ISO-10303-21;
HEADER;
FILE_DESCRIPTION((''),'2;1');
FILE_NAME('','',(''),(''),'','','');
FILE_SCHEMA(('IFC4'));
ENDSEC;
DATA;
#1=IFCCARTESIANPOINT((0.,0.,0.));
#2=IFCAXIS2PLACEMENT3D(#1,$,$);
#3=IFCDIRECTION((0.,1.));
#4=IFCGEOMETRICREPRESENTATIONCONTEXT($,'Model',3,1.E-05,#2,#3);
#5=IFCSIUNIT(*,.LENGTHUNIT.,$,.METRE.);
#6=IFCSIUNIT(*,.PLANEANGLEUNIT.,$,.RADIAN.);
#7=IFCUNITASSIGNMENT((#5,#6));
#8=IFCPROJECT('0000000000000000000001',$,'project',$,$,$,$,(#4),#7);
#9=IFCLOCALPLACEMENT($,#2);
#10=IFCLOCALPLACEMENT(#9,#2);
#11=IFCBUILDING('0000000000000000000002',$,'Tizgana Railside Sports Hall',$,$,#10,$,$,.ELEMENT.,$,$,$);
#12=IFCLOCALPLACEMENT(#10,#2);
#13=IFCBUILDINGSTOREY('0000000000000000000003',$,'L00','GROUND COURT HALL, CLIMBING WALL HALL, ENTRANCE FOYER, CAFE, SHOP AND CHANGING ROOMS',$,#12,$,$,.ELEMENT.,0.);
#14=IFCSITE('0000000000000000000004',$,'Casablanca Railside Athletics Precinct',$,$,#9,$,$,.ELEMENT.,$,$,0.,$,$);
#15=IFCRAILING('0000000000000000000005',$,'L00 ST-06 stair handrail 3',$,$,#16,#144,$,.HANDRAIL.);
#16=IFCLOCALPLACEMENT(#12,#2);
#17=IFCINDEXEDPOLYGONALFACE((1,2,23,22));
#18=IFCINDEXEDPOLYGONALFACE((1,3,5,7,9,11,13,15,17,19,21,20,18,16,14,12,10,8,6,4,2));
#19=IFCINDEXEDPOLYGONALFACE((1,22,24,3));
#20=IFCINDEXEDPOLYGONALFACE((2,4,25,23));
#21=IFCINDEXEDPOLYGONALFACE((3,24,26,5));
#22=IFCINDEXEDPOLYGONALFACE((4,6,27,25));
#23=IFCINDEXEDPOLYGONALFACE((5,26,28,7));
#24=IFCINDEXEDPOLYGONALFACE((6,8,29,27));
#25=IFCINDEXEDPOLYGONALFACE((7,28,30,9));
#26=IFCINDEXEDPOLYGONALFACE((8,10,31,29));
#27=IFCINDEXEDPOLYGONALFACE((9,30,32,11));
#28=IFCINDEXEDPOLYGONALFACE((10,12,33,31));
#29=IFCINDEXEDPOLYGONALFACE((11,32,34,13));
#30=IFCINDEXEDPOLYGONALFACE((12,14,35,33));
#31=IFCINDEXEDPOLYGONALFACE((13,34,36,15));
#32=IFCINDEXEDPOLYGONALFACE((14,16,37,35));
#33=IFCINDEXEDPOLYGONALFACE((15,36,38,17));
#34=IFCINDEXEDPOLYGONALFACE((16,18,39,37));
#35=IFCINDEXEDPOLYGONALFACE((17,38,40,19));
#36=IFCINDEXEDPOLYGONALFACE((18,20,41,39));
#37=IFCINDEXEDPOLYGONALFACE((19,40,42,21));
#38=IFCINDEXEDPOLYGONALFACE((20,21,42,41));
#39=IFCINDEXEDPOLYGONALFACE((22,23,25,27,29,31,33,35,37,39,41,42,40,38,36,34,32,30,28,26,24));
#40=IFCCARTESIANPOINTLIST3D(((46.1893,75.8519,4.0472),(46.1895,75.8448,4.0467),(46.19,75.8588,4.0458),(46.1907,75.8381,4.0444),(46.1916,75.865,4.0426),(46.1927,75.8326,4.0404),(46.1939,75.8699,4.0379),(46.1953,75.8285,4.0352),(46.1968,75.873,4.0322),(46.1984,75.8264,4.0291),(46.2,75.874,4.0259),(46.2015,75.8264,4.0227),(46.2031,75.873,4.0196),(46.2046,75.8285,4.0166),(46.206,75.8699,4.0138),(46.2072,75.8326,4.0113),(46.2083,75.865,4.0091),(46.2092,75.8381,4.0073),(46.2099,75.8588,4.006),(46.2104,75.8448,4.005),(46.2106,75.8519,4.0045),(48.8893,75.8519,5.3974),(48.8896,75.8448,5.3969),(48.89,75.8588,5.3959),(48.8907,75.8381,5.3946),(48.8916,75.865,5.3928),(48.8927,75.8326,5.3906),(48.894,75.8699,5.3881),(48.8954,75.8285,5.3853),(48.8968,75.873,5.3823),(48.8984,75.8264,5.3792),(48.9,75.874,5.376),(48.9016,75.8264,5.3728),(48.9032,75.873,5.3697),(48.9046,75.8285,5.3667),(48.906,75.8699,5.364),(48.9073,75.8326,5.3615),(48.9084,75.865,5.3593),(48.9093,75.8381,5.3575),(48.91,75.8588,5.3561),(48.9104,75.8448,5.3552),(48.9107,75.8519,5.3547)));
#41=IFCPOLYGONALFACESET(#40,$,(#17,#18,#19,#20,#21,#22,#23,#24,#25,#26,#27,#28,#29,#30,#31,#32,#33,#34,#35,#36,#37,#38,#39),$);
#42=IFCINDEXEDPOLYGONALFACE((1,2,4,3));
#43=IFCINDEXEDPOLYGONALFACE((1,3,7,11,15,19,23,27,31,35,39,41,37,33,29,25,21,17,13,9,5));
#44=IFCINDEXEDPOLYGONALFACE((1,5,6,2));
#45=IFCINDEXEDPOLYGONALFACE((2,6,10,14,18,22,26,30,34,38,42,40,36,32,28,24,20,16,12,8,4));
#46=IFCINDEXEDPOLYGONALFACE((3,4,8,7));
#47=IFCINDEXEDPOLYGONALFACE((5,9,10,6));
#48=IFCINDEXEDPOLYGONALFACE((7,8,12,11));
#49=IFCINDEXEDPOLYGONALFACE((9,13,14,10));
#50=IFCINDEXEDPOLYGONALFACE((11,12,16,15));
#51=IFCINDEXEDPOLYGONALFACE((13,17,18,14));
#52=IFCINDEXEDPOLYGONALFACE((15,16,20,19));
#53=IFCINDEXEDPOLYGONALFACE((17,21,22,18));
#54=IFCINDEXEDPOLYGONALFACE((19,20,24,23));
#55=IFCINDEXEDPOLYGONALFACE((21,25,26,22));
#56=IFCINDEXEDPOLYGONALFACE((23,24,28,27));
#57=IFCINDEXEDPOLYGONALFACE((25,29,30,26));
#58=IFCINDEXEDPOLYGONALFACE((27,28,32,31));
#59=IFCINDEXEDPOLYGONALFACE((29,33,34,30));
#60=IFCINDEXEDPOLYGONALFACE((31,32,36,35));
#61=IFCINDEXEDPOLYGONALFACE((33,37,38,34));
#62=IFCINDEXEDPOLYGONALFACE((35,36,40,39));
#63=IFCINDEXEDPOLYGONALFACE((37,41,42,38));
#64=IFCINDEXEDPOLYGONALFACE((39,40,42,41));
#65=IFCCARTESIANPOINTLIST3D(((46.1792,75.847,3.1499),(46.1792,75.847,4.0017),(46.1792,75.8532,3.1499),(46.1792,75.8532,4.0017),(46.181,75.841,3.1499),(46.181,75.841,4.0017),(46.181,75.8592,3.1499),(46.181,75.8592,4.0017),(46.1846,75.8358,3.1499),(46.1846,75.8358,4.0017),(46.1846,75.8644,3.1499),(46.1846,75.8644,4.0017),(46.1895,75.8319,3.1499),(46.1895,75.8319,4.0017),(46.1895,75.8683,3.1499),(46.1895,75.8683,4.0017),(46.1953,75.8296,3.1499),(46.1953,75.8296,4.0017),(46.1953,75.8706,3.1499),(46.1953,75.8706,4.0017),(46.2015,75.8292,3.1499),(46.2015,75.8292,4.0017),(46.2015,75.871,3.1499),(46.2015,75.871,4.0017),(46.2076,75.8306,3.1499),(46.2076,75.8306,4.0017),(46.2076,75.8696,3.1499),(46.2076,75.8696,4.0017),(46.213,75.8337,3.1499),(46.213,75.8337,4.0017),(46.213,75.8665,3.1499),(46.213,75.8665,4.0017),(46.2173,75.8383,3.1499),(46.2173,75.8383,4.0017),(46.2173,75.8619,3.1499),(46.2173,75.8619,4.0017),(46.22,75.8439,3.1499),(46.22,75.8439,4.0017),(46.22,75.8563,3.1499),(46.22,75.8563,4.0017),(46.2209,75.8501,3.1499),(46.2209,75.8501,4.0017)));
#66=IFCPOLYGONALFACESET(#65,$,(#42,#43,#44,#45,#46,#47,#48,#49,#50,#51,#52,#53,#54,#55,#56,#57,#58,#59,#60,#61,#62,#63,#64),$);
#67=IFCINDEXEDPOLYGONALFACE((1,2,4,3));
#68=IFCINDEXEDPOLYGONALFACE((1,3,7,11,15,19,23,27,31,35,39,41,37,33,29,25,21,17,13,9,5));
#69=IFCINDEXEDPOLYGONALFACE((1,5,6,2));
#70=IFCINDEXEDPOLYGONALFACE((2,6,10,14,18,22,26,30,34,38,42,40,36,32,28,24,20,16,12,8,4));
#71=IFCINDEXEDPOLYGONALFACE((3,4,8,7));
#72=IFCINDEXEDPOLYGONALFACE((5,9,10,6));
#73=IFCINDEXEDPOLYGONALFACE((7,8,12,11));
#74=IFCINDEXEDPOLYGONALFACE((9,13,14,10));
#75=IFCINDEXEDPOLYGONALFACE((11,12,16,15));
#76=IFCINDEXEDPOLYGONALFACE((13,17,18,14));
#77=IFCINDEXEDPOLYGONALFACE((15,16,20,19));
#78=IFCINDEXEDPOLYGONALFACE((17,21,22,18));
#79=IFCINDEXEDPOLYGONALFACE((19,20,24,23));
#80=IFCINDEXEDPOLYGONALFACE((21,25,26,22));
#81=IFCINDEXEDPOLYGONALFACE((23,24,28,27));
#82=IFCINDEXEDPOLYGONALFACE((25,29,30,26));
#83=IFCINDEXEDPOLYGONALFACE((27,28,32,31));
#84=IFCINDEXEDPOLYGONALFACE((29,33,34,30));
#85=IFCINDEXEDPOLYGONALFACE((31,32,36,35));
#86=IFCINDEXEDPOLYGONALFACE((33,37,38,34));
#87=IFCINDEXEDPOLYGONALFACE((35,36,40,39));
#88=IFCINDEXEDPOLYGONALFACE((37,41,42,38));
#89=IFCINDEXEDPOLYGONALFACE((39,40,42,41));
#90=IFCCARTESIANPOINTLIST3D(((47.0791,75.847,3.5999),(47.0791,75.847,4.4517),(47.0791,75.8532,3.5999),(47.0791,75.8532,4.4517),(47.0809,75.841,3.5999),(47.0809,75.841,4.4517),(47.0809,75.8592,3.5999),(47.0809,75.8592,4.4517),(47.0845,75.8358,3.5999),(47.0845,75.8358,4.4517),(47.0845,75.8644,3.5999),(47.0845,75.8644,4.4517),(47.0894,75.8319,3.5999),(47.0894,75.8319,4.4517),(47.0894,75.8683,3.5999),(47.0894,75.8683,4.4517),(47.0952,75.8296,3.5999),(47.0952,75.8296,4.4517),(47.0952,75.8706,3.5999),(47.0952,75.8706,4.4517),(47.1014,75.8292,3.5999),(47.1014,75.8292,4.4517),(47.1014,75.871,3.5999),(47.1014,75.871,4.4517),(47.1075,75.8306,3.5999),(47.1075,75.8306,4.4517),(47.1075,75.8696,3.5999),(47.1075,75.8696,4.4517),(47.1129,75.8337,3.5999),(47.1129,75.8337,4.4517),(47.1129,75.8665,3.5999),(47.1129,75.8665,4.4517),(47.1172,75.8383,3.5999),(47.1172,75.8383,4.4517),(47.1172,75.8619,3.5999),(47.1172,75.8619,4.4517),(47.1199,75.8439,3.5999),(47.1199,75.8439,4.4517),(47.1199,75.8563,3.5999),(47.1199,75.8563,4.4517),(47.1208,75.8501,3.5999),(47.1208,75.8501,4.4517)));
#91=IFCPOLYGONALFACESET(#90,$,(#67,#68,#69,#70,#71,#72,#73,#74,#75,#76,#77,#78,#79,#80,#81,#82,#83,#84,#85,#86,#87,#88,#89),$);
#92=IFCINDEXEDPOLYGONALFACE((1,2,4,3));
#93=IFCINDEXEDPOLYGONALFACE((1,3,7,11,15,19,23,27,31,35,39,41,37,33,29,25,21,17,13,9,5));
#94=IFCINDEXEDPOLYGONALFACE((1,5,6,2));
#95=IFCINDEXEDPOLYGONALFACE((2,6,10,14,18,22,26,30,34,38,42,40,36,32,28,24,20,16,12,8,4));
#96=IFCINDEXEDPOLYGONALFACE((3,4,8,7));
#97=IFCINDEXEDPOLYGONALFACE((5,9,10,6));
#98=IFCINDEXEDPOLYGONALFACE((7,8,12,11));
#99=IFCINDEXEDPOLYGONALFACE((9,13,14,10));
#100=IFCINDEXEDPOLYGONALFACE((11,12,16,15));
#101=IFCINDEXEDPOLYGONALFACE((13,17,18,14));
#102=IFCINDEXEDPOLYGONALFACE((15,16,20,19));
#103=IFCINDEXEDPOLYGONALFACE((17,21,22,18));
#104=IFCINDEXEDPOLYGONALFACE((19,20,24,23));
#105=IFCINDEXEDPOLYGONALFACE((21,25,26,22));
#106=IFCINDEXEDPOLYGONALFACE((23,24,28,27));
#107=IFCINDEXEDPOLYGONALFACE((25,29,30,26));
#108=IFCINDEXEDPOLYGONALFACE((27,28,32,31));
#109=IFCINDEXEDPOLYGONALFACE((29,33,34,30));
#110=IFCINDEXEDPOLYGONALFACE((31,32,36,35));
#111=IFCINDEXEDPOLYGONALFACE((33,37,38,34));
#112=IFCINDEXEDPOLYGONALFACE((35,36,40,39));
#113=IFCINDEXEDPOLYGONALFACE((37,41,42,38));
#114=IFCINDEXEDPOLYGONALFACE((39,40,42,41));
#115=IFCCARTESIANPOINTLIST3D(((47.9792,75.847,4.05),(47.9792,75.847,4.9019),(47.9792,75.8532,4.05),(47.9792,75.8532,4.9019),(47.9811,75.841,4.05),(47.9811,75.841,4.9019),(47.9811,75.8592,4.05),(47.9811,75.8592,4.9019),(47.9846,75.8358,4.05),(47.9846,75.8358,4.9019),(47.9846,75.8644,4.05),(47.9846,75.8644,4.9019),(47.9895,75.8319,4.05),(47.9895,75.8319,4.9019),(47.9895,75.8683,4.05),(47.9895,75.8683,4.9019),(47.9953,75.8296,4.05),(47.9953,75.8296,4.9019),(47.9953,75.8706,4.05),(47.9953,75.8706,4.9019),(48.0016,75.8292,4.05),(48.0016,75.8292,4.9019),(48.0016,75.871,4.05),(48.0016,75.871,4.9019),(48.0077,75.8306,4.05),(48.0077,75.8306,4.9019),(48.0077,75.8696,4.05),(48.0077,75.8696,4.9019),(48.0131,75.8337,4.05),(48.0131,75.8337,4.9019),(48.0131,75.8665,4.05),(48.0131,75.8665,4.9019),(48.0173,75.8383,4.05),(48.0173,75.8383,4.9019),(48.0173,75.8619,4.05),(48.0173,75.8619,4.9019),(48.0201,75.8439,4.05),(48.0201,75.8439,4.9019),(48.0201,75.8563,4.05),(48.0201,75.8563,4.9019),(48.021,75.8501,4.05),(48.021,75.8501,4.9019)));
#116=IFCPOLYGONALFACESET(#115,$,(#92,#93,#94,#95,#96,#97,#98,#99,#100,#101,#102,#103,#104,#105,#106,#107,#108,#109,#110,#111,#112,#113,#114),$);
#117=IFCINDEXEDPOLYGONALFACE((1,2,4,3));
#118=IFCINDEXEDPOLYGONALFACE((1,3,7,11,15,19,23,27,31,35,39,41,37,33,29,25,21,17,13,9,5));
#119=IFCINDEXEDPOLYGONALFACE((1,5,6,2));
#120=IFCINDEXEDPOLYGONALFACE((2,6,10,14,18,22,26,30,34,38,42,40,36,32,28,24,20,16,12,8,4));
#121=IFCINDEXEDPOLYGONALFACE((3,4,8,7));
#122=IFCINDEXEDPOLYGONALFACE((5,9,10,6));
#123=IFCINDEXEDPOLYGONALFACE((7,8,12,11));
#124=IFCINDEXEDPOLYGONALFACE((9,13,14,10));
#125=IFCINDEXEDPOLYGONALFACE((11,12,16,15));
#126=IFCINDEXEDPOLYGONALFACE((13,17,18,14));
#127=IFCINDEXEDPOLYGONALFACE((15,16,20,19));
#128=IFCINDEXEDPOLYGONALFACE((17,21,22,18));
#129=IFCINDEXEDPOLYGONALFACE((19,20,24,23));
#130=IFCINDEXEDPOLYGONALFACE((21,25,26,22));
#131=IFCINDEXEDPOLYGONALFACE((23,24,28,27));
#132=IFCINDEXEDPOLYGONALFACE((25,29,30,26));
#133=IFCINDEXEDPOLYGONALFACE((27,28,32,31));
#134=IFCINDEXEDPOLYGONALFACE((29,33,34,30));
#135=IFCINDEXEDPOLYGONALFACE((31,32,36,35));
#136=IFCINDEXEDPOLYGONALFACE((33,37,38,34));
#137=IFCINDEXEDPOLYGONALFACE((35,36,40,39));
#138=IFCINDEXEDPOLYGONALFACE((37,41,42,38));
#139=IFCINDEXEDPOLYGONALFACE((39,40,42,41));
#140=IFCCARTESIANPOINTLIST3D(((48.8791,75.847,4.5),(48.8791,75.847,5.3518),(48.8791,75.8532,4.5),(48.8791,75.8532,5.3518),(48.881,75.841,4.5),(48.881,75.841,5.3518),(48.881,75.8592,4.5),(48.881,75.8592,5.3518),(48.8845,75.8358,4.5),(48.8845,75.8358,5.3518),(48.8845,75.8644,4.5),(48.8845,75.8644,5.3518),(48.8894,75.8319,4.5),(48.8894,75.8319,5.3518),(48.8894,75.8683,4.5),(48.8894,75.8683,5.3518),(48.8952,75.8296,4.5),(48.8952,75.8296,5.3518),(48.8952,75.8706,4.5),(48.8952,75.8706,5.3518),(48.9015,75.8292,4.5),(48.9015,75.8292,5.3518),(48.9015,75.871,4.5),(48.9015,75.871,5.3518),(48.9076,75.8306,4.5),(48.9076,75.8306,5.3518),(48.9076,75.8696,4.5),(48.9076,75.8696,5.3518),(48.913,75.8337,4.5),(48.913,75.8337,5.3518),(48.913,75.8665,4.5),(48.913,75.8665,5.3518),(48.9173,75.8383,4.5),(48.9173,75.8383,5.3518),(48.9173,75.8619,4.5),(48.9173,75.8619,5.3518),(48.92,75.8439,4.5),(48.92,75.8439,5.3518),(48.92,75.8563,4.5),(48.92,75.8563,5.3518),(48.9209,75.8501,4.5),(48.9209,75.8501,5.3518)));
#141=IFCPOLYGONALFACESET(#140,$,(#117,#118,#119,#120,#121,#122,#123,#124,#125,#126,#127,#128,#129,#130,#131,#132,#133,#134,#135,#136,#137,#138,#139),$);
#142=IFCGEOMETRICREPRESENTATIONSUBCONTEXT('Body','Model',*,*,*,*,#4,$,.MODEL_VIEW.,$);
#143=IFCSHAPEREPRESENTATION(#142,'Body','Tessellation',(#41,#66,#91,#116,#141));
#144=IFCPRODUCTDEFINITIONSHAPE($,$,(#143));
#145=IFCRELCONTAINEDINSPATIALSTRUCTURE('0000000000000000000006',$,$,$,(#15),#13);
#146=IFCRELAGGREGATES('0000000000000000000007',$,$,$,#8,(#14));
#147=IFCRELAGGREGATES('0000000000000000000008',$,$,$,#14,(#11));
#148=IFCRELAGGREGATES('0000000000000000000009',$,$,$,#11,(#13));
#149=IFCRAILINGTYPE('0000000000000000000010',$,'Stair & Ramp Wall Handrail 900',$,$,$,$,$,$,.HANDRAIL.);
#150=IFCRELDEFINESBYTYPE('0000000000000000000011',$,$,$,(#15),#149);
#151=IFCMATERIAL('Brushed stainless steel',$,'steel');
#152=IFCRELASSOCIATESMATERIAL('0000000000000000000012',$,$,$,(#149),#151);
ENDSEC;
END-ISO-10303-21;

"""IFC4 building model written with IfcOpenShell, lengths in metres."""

from ifc_helpers import new_model, si_unit, direction, frame, origin, origin_2d, place, context, subcontext, project, spatial, circle, extrude, material, type_object, element, save


model = new_model("IFC4")

# Units and contexts
model_context = context("Model", 3, precision=1e-05, world=origin(), true_north=direction((0.0, 1.0)))
body_context = subcontext(model_context, "Body", "Model", "MODEL_VIEW")
ifc_project = project(units=[si_unit("LENGTHUNIT", "METRE"), si_unit("PLANEANGLEUNIT", "RADIAN")], contexts=[model_context])

# Site, building, storey
site_placement = place(None, origin())
site = spatial("IfcSite", under=ifc_project, at=site_placement, Name="Casablanca Railside Athletics Precinct", CompositionType="ELEMENT", RefElevation=0.0)
building_placement = place(site_placement, origin())
building = spatial("IfcBuilding", under=site, at=building_placement, Name="Tizgana Railside Sports Hall", CompositionType="ELEMENT")
storey_placement = place(building_placement, origin())
storey = spatial("IfcBuildingStorey", under=building, at=storey_placement, Name="L00", Description="GROUND COURT HALL, CLIMBING WALL HALL, ENTRANCE FOYER, CAFE, SHOP AND CHANGING ROOMS", CompositionType="ELEMENT", Elevation=0.0)

# Railing
ifc_material_1 = material(Name="Brushed stainless steel", Category="steel")
railing_type_1 = type_object("IfcRailingType", Name="Stair & Ramp Wall Handrail 900", PredefinedType="HANDRAIL", material=ifc_material_1)
for number, where, name in (
    (1, (46.2, 75.8501, 3.1499), "L00 ST-06 stair handrail 3"),
):
    element("IfcRailing", number, at=place(storey_placement, frame(where)), inside=storey, type_object=railing_type_1, Name=name, PredefinedType="HANDRAIL", context=body_context, shape_type="SweptSolid", body=[
        extrude(circle(Radius=0.0239, at=origin_2d()), frame((0.0, 0.0, 0.876), z_axis=(0.894411, 0.0, 0.447246), x_axis=(0.0, 1.0, 0.0)), (0.0, 0.0, 1.0), 3.0188),
        extrude(circle(Radius=0.021, at=origin_2d()), origin(), (0.0, 0.0, 1.0), 0.8518),
        extrude(circle(Radius=0.021, at=origin_2d()), frame((0.8999, 0.0, 0.45)), (0.0, 0.0, 1.0), 0.8518),
        extrude(circle(Radius=0.021, at=origin_2d()), frame((1.8, 0.0, 0.9001)), (0.0, 0.0, 1.0), 0.8518),
        extrude(circle(Radius=0.021, at=origin_2d()), frame((2.7, 0.0, 1.3501)), (0.0, 0.0, 1.0), 0.8518),
    ])

save(model, "model.ifc")
